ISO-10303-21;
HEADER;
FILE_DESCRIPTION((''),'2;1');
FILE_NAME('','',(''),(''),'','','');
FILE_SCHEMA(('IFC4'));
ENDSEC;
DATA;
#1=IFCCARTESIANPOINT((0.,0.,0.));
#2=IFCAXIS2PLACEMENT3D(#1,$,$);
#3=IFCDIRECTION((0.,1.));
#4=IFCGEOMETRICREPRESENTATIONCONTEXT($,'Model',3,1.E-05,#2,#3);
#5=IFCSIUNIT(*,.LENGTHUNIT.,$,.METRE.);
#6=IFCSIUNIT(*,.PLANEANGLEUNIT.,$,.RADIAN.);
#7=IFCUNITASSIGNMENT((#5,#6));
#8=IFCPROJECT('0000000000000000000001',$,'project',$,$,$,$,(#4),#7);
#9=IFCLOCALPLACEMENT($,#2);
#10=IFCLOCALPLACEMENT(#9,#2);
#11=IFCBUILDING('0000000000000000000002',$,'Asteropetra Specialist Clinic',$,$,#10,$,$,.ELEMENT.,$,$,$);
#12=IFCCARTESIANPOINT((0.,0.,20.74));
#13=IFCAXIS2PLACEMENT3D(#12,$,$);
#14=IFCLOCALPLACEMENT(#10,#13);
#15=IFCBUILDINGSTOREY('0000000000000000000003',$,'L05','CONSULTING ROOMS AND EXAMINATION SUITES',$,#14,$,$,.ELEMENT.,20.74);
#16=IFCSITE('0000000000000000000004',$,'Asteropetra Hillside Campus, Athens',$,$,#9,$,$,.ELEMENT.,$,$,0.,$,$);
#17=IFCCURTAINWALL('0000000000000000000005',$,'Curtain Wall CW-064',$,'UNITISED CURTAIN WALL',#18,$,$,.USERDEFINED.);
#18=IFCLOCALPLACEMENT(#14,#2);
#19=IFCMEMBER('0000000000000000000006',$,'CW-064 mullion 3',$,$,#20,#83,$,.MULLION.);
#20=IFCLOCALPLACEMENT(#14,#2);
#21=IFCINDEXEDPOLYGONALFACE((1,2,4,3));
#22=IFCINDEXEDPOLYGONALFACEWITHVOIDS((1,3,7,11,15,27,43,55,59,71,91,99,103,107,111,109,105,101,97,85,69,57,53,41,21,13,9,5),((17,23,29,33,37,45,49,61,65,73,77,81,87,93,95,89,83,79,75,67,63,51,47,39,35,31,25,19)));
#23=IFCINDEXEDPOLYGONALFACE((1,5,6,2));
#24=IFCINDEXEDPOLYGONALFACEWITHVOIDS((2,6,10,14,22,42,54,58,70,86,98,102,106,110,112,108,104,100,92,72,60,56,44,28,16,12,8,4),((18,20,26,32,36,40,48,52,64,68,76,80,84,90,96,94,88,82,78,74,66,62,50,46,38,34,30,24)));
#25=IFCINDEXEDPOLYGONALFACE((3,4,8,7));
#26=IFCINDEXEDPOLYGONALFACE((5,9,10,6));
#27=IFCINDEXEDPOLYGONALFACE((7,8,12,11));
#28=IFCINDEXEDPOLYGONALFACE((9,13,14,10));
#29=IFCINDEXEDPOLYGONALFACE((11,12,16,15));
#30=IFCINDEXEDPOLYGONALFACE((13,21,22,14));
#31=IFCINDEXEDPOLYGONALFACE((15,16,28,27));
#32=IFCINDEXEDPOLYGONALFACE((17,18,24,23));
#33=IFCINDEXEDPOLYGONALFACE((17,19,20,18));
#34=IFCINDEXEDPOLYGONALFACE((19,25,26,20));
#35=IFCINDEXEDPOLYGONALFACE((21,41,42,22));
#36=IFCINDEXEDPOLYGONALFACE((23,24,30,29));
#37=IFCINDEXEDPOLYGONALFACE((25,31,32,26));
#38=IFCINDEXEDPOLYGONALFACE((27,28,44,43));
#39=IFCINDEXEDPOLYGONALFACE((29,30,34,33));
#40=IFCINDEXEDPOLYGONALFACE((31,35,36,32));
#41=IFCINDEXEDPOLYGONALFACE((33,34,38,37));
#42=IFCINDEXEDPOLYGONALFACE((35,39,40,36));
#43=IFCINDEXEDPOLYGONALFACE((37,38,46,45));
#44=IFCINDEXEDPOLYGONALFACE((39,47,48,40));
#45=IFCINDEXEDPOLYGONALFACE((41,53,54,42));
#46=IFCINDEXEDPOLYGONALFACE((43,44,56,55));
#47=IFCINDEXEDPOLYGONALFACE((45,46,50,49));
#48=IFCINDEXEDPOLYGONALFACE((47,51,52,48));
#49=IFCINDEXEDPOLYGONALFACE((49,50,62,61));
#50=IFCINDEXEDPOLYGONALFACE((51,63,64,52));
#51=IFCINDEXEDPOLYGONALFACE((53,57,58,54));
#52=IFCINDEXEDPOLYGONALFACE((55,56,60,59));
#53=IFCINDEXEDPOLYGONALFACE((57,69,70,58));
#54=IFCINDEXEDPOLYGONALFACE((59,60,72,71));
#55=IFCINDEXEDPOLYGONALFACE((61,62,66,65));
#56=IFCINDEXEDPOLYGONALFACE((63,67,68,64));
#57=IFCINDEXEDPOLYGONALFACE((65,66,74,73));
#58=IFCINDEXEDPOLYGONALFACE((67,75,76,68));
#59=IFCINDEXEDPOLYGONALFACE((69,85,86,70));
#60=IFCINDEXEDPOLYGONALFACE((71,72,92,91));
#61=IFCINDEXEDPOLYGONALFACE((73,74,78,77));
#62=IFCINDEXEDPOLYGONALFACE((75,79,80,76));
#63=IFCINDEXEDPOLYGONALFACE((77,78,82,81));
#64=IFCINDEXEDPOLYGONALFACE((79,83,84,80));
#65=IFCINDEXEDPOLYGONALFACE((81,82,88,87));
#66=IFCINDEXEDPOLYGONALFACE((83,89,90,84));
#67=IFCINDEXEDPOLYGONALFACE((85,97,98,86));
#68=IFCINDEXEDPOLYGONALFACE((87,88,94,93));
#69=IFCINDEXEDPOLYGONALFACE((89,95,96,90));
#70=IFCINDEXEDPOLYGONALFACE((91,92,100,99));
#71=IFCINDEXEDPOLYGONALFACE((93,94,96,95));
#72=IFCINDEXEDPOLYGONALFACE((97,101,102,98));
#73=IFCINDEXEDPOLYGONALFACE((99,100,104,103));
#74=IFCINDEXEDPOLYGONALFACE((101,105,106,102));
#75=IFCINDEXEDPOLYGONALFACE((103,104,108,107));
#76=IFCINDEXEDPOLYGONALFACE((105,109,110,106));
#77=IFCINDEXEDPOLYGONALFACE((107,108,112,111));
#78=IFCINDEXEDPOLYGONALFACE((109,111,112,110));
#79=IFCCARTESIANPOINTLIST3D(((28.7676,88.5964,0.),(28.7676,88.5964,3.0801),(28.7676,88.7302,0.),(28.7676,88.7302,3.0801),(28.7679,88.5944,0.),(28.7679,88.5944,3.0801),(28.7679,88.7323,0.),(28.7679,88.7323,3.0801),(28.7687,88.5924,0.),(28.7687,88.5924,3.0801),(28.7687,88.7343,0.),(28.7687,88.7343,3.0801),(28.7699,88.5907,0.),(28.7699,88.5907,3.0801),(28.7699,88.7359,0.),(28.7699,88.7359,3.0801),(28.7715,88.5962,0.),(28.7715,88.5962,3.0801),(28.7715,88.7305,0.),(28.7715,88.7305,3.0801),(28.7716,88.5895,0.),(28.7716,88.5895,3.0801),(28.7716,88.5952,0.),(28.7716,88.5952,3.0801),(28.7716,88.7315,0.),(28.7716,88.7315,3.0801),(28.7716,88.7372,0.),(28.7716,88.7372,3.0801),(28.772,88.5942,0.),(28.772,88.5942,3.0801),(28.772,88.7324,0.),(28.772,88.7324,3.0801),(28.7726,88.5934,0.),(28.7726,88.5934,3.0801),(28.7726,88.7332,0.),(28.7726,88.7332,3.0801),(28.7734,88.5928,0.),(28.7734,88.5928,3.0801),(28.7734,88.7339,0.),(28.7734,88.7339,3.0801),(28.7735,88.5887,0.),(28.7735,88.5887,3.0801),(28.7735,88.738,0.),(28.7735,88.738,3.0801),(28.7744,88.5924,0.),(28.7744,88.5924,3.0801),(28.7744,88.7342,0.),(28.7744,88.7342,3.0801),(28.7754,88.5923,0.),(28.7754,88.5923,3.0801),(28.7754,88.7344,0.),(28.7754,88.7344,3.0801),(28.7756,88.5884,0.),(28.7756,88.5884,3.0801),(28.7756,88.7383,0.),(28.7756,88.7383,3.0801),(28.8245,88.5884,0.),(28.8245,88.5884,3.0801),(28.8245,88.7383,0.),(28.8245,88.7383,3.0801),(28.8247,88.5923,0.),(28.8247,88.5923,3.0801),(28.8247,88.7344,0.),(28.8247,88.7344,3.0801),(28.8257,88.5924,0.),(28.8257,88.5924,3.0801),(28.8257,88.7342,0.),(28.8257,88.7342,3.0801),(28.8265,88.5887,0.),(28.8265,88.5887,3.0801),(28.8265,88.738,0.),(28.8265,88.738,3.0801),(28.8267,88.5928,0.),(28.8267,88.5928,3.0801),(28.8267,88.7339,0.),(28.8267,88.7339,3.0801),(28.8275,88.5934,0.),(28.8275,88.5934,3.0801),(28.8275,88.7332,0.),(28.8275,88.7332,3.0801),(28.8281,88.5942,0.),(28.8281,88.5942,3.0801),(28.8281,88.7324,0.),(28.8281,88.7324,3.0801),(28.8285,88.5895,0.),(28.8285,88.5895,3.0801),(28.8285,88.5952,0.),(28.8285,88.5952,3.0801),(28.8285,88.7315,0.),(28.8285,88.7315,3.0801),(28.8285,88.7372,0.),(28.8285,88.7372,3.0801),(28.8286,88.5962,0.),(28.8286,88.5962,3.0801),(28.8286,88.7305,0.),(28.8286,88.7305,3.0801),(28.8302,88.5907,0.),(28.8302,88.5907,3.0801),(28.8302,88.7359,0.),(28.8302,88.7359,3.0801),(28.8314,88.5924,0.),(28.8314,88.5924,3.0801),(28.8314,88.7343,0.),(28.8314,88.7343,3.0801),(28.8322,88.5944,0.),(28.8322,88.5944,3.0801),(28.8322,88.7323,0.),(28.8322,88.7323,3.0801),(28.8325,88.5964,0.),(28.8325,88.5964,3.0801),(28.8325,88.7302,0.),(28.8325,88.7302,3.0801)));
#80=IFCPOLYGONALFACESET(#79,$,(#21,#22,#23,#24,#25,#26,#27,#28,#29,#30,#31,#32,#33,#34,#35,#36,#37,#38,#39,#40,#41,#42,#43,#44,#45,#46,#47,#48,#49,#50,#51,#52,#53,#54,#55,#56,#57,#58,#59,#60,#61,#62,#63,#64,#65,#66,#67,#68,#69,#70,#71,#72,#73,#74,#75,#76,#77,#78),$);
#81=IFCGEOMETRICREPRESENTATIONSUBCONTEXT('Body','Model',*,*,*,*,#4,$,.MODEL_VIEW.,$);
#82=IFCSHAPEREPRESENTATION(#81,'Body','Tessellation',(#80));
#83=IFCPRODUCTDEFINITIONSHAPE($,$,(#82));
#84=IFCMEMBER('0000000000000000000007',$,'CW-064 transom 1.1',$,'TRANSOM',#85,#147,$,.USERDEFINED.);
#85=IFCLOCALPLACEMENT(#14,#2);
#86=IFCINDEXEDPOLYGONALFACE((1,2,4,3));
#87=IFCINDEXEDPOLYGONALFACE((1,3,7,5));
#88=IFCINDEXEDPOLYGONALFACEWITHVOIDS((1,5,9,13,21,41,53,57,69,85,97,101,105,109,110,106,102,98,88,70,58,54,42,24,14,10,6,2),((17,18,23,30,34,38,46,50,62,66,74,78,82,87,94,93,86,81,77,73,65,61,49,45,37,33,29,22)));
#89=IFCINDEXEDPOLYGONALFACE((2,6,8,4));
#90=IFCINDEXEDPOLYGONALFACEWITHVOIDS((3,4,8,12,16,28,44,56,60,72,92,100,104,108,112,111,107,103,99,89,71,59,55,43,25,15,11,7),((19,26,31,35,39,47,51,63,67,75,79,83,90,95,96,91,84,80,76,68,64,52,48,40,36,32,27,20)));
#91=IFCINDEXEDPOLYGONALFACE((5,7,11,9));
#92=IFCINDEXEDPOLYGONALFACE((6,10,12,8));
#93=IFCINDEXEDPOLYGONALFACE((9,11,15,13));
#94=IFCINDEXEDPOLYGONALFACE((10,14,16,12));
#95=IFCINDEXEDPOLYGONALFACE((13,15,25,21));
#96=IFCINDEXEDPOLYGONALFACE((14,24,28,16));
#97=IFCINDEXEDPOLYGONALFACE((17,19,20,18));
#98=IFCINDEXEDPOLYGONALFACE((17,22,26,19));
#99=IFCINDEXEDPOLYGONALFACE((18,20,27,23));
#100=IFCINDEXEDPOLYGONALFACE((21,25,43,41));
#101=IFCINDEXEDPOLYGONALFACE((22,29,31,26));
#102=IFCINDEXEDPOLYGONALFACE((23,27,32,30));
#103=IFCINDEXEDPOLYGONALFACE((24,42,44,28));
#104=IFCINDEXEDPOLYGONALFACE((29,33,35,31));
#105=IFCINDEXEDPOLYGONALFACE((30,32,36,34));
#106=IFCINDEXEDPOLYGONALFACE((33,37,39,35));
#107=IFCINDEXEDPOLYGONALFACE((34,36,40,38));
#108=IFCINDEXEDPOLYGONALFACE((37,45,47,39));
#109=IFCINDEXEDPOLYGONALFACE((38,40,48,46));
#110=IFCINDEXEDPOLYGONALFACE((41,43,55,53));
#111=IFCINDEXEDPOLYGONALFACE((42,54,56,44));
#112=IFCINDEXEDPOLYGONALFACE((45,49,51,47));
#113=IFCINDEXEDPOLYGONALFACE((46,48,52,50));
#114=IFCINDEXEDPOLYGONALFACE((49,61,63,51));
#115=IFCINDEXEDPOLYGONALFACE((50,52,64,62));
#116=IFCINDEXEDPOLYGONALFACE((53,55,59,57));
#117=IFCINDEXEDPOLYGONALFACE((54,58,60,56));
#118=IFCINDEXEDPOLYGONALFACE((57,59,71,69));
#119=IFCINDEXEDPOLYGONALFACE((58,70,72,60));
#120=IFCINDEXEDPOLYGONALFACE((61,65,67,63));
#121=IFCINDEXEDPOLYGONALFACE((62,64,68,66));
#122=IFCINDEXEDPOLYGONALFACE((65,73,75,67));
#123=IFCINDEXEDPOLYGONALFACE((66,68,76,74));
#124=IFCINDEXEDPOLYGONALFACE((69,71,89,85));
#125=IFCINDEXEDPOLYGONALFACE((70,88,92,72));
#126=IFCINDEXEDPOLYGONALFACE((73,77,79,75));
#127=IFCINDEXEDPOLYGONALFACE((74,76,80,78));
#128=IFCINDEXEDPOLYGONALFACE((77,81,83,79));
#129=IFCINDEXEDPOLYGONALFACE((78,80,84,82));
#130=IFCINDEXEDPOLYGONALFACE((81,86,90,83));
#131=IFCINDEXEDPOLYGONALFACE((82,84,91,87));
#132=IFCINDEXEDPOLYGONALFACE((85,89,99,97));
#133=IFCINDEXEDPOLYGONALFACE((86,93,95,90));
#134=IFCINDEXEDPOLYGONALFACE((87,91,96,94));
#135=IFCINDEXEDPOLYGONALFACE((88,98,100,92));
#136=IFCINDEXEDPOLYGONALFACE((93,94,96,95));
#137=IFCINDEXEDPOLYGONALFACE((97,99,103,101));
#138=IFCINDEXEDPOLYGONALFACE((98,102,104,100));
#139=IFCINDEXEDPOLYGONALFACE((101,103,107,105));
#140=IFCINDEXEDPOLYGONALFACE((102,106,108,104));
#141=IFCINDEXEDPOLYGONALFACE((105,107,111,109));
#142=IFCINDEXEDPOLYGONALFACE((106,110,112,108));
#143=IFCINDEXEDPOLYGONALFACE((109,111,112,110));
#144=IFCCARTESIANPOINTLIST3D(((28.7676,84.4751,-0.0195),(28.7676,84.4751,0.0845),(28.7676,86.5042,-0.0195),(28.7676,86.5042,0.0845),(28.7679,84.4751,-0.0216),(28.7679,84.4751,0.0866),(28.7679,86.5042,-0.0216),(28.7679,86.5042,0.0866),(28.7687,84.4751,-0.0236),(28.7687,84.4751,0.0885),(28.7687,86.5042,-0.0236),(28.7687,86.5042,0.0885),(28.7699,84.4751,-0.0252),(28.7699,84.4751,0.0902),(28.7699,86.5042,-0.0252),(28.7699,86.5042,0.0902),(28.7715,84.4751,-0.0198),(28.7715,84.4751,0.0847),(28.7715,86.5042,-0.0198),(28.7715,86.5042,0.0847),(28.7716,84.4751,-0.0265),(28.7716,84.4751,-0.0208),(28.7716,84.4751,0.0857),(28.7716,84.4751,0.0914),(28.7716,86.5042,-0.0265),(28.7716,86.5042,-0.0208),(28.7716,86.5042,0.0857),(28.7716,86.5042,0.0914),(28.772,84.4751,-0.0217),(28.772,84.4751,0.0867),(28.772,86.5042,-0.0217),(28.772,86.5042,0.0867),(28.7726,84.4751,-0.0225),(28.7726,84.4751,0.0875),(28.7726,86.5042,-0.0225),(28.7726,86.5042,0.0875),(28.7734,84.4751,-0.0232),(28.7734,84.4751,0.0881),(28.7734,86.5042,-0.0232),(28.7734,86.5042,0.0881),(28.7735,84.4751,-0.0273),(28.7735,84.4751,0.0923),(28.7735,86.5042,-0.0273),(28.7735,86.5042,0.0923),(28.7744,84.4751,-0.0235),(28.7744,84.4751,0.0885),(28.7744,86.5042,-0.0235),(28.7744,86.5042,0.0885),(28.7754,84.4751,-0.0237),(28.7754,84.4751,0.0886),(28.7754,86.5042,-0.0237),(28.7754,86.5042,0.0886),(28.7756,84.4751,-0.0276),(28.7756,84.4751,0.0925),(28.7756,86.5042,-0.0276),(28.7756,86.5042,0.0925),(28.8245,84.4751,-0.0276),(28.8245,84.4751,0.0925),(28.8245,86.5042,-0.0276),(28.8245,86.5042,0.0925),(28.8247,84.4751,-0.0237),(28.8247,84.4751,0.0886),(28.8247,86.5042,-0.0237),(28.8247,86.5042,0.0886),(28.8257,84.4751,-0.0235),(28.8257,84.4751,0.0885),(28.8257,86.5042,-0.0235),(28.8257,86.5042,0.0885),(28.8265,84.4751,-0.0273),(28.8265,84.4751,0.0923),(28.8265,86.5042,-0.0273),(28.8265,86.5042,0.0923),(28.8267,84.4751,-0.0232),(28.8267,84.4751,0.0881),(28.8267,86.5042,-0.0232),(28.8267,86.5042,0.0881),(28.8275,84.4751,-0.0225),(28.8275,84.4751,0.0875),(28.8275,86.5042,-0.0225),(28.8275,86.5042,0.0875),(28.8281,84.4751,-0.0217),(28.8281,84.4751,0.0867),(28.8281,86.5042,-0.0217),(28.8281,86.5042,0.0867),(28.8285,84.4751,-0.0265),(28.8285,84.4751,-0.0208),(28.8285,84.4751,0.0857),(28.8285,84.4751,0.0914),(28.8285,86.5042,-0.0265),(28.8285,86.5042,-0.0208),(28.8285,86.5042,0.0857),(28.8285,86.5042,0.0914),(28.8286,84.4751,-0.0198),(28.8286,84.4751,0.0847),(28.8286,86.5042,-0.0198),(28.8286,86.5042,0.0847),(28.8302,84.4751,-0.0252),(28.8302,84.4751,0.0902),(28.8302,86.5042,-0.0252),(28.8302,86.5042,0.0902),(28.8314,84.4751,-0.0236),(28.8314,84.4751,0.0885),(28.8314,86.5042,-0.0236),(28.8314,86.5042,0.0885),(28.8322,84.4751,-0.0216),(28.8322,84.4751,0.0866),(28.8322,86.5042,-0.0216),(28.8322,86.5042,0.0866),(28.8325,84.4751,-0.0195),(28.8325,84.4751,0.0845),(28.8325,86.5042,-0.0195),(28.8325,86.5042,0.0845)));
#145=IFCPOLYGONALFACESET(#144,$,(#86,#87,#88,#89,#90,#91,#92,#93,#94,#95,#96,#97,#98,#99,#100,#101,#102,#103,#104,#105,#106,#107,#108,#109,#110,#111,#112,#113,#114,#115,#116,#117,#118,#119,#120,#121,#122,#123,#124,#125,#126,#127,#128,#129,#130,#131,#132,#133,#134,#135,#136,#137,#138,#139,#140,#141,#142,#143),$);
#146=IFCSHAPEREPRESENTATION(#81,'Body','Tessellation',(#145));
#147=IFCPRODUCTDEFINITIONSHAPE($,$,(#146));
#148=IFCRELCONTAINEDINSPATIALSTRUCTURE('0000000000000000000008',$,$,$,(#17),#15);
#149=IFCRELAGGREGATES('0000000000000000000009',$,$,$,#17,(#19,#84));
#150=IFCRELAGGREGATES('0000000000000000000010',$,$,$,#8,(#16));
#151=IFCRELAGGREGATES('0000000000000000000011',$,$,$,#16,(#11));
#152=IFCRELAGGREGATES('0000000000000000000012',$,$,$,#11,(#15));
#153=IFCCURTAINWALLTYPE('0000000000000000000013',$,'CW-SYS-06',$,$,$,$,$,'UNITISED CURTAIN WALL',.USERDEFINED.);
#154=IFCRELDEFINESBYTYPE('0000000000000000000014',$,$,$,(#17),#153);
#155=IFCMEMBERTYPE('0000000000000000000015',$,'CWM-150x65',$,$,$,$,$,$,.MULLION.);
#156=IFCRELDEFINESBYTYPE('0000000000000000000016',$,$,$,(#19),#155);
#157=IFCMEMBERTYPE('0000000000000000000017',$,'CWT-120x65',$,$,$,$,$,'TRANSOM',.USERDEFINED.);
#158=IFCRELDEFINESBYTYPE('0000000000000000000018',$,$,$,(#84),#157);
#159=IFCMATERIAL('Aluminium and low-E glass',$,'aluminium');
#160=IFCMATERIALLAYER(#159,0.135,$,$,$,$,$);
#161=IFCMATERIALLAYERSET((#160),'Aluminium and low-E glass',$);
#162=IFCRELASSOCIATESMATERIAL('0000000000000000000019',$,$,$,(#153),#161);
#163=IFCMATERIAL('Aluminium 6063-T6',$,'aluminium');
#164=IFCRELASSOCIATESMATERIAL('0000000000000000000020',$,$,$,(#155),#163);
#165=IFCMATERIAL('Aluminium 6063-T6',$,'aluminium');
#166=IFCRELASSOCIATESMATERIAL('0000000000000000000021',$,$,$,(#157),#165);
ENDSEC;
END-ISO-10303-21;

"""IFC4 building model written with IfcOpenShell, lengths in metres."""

from ifc_helpers import new_model, si_unit, direction, frame, origin, origin_2d, place, context, subcontext, project, spatial, hollow_rectangle, extrude, material, layer, layer_set, material_profile, profile_set, type_object, element, aggregate, save


model = new_model("IFC4")

# Units and contexts
model_context = context("Model", 3, precision=1e-05, world=origin(), true_north=direction((0.0, 1.0)))
body_context = subcontext(model_context, "Body", "Model", "MODEL_VIEW")
ifc_project = project(units=[si_unit("LENGTHUNIT", "METRE"), si_unit("PLANEANGLEUNIT", "RADIAN")], contexts=[model_context])

# Site, building, storey
site_placement = place(None, origin())
site = spatial("IfcSite", under=ifc_project, at=site_placement, Name="Asteropetra Hillside Campus, Athens", CompositionType="ELEMENT", RefElevation=0.0)
building_placement = place(site_placement, origin())
building = spatial("IfcBuilding", under=site, at=building_placement, Name="Asteropetra Specialist Clinic", CompositionType="ELEMENT")
storey_placement = place(building_placement, frame((0.0, 0.0, 20.74)))
storey = spatial("IfcBuildingStorey", under=building, at=storey_placement, Name="L05", Description="CONSULTING ROOMS AND EXAMINATION SUITES", CompositionType="ELEMENT", Elevation=20.74)

# Curtain wall, members
ifc_material_1 = material(Name="Aluminium and low-E glass", Category="aluminium")
ifc_layer_1 = layer(ifc_material_1, 0.135)
ifc_layer_set_1 = layer_set([ifc_layer_1], Name="Aluminium and low-E glass")
curtain_wall_type = type_object("IfcCurtainWallType", Name="CW-SYS-06", ElementType="UNITISED CURTAIN WALL", PredefinedType="USERDEFINED", material=ifc_layer_set_1)
curtain_wall_placement = place(storey_placement, origin())
curtain_wall = element("IfcCurtainWall", 1, at=curtain_wall_placement, inside=storey, type_object=curtain_wall_type, Name="Curtain Wall CW-064", ObjectType="UNITISED CURTAIN WALL", PredefinedType="USERDEFINED")
ifc_material_2 = material(Name="Aluminium 6063-T6", Category="aluminium")
ifc_material_profile_1 = material_profile(ifc_material_2, hollow_rectangle(XDim=0.0649, YDim=0.1499, WallThickness=0.0039, InnerFilletRadius=0.0039, OuterFilletRadius=0.0081, at=origin_2d()), Name="MUL 150x65x4.0")
ifc_profile_set_1 = profile_set([ifc_material_profile_1], Name="Aluminium 6063-T6")
member_type_1 = type_object("IfcMemberType", Name="CWM-150x65", PredefinedType="MULLION", material=ifc_profile_set_1)
member_1_placement = place(storey_placement, frame((28.8, 88.6633, 0.0), z_axis=(0.0, 0.0, 1.0), x_axis=(-1.0, 0.0, 0.0)))
member_1 = element("IfcMember", 2, at=member_1_placement, type_object=member_type_1, Name="CW-064 mullion 3", PredefinedType="MULLION", context=body_context, shape_type="SweptSolid", body=[
    extrude(hollow_rectangle(XDim=0.0649, YDim=0.1499, WallThickness=0.0039, InnerFilletRadius=0.0039, OuterFilletRadius=0.0081, at=origin_2d()), origin(), (0.0, 0.0, 1.0), 3.0801),
])
ifc_material_3 = material(Name="Aluminium 6063-T6", Category="aluminium")
ifc_material_profile_2 = material_profile(ifc_material_3, hollow_rectangle(XDim=0.0649, YDim=0.1201, WallThickness=0.0039, InnerFilletRadius=0.0039, OuterFilletRadius=0.0081, at=origin_2d()), Name="TRN 120x65x4.0")
ifc_profile_set_2 = profile_set([ifc_material_profile_2], Name="Aluminium 6063-T6")
member_type_2 = type_object("IfcMemberType", Name="CWT-120x65", ElementType="TRANSOM", PredefinedType="USERDEFINED", material=ifc_profile_set_2)
member_2_placement = place(storey_placement, frame((28.8, 84.4751, 0.0325), z_axis=(0.0, 1.0, 0.0), x_axis=(-1.0, 0.0, 0.0)))
member_2 = element("IfcMember", 3, at=member_2_placement, type_object=member_type_2, Name="CW-064 transom 1.1", ObjectType="TRANSOM", PredefinedType="USERDEFINED", context=body_context, shape_type="SweptSolid", body=[
    extrude(hollow_rectangle(XDim=0.0649, YDim=0.1201, WallThickness=0.0039, InnerFilletRadius=0.0039, OuterFilletRadius=0.0081, at=origin_2d()), origin(), (0.0, 0.0, 1.0), 2.0291),
])
aggregate(curtain_wall, [member_1, member_2])

save(model, "model.ifc")
